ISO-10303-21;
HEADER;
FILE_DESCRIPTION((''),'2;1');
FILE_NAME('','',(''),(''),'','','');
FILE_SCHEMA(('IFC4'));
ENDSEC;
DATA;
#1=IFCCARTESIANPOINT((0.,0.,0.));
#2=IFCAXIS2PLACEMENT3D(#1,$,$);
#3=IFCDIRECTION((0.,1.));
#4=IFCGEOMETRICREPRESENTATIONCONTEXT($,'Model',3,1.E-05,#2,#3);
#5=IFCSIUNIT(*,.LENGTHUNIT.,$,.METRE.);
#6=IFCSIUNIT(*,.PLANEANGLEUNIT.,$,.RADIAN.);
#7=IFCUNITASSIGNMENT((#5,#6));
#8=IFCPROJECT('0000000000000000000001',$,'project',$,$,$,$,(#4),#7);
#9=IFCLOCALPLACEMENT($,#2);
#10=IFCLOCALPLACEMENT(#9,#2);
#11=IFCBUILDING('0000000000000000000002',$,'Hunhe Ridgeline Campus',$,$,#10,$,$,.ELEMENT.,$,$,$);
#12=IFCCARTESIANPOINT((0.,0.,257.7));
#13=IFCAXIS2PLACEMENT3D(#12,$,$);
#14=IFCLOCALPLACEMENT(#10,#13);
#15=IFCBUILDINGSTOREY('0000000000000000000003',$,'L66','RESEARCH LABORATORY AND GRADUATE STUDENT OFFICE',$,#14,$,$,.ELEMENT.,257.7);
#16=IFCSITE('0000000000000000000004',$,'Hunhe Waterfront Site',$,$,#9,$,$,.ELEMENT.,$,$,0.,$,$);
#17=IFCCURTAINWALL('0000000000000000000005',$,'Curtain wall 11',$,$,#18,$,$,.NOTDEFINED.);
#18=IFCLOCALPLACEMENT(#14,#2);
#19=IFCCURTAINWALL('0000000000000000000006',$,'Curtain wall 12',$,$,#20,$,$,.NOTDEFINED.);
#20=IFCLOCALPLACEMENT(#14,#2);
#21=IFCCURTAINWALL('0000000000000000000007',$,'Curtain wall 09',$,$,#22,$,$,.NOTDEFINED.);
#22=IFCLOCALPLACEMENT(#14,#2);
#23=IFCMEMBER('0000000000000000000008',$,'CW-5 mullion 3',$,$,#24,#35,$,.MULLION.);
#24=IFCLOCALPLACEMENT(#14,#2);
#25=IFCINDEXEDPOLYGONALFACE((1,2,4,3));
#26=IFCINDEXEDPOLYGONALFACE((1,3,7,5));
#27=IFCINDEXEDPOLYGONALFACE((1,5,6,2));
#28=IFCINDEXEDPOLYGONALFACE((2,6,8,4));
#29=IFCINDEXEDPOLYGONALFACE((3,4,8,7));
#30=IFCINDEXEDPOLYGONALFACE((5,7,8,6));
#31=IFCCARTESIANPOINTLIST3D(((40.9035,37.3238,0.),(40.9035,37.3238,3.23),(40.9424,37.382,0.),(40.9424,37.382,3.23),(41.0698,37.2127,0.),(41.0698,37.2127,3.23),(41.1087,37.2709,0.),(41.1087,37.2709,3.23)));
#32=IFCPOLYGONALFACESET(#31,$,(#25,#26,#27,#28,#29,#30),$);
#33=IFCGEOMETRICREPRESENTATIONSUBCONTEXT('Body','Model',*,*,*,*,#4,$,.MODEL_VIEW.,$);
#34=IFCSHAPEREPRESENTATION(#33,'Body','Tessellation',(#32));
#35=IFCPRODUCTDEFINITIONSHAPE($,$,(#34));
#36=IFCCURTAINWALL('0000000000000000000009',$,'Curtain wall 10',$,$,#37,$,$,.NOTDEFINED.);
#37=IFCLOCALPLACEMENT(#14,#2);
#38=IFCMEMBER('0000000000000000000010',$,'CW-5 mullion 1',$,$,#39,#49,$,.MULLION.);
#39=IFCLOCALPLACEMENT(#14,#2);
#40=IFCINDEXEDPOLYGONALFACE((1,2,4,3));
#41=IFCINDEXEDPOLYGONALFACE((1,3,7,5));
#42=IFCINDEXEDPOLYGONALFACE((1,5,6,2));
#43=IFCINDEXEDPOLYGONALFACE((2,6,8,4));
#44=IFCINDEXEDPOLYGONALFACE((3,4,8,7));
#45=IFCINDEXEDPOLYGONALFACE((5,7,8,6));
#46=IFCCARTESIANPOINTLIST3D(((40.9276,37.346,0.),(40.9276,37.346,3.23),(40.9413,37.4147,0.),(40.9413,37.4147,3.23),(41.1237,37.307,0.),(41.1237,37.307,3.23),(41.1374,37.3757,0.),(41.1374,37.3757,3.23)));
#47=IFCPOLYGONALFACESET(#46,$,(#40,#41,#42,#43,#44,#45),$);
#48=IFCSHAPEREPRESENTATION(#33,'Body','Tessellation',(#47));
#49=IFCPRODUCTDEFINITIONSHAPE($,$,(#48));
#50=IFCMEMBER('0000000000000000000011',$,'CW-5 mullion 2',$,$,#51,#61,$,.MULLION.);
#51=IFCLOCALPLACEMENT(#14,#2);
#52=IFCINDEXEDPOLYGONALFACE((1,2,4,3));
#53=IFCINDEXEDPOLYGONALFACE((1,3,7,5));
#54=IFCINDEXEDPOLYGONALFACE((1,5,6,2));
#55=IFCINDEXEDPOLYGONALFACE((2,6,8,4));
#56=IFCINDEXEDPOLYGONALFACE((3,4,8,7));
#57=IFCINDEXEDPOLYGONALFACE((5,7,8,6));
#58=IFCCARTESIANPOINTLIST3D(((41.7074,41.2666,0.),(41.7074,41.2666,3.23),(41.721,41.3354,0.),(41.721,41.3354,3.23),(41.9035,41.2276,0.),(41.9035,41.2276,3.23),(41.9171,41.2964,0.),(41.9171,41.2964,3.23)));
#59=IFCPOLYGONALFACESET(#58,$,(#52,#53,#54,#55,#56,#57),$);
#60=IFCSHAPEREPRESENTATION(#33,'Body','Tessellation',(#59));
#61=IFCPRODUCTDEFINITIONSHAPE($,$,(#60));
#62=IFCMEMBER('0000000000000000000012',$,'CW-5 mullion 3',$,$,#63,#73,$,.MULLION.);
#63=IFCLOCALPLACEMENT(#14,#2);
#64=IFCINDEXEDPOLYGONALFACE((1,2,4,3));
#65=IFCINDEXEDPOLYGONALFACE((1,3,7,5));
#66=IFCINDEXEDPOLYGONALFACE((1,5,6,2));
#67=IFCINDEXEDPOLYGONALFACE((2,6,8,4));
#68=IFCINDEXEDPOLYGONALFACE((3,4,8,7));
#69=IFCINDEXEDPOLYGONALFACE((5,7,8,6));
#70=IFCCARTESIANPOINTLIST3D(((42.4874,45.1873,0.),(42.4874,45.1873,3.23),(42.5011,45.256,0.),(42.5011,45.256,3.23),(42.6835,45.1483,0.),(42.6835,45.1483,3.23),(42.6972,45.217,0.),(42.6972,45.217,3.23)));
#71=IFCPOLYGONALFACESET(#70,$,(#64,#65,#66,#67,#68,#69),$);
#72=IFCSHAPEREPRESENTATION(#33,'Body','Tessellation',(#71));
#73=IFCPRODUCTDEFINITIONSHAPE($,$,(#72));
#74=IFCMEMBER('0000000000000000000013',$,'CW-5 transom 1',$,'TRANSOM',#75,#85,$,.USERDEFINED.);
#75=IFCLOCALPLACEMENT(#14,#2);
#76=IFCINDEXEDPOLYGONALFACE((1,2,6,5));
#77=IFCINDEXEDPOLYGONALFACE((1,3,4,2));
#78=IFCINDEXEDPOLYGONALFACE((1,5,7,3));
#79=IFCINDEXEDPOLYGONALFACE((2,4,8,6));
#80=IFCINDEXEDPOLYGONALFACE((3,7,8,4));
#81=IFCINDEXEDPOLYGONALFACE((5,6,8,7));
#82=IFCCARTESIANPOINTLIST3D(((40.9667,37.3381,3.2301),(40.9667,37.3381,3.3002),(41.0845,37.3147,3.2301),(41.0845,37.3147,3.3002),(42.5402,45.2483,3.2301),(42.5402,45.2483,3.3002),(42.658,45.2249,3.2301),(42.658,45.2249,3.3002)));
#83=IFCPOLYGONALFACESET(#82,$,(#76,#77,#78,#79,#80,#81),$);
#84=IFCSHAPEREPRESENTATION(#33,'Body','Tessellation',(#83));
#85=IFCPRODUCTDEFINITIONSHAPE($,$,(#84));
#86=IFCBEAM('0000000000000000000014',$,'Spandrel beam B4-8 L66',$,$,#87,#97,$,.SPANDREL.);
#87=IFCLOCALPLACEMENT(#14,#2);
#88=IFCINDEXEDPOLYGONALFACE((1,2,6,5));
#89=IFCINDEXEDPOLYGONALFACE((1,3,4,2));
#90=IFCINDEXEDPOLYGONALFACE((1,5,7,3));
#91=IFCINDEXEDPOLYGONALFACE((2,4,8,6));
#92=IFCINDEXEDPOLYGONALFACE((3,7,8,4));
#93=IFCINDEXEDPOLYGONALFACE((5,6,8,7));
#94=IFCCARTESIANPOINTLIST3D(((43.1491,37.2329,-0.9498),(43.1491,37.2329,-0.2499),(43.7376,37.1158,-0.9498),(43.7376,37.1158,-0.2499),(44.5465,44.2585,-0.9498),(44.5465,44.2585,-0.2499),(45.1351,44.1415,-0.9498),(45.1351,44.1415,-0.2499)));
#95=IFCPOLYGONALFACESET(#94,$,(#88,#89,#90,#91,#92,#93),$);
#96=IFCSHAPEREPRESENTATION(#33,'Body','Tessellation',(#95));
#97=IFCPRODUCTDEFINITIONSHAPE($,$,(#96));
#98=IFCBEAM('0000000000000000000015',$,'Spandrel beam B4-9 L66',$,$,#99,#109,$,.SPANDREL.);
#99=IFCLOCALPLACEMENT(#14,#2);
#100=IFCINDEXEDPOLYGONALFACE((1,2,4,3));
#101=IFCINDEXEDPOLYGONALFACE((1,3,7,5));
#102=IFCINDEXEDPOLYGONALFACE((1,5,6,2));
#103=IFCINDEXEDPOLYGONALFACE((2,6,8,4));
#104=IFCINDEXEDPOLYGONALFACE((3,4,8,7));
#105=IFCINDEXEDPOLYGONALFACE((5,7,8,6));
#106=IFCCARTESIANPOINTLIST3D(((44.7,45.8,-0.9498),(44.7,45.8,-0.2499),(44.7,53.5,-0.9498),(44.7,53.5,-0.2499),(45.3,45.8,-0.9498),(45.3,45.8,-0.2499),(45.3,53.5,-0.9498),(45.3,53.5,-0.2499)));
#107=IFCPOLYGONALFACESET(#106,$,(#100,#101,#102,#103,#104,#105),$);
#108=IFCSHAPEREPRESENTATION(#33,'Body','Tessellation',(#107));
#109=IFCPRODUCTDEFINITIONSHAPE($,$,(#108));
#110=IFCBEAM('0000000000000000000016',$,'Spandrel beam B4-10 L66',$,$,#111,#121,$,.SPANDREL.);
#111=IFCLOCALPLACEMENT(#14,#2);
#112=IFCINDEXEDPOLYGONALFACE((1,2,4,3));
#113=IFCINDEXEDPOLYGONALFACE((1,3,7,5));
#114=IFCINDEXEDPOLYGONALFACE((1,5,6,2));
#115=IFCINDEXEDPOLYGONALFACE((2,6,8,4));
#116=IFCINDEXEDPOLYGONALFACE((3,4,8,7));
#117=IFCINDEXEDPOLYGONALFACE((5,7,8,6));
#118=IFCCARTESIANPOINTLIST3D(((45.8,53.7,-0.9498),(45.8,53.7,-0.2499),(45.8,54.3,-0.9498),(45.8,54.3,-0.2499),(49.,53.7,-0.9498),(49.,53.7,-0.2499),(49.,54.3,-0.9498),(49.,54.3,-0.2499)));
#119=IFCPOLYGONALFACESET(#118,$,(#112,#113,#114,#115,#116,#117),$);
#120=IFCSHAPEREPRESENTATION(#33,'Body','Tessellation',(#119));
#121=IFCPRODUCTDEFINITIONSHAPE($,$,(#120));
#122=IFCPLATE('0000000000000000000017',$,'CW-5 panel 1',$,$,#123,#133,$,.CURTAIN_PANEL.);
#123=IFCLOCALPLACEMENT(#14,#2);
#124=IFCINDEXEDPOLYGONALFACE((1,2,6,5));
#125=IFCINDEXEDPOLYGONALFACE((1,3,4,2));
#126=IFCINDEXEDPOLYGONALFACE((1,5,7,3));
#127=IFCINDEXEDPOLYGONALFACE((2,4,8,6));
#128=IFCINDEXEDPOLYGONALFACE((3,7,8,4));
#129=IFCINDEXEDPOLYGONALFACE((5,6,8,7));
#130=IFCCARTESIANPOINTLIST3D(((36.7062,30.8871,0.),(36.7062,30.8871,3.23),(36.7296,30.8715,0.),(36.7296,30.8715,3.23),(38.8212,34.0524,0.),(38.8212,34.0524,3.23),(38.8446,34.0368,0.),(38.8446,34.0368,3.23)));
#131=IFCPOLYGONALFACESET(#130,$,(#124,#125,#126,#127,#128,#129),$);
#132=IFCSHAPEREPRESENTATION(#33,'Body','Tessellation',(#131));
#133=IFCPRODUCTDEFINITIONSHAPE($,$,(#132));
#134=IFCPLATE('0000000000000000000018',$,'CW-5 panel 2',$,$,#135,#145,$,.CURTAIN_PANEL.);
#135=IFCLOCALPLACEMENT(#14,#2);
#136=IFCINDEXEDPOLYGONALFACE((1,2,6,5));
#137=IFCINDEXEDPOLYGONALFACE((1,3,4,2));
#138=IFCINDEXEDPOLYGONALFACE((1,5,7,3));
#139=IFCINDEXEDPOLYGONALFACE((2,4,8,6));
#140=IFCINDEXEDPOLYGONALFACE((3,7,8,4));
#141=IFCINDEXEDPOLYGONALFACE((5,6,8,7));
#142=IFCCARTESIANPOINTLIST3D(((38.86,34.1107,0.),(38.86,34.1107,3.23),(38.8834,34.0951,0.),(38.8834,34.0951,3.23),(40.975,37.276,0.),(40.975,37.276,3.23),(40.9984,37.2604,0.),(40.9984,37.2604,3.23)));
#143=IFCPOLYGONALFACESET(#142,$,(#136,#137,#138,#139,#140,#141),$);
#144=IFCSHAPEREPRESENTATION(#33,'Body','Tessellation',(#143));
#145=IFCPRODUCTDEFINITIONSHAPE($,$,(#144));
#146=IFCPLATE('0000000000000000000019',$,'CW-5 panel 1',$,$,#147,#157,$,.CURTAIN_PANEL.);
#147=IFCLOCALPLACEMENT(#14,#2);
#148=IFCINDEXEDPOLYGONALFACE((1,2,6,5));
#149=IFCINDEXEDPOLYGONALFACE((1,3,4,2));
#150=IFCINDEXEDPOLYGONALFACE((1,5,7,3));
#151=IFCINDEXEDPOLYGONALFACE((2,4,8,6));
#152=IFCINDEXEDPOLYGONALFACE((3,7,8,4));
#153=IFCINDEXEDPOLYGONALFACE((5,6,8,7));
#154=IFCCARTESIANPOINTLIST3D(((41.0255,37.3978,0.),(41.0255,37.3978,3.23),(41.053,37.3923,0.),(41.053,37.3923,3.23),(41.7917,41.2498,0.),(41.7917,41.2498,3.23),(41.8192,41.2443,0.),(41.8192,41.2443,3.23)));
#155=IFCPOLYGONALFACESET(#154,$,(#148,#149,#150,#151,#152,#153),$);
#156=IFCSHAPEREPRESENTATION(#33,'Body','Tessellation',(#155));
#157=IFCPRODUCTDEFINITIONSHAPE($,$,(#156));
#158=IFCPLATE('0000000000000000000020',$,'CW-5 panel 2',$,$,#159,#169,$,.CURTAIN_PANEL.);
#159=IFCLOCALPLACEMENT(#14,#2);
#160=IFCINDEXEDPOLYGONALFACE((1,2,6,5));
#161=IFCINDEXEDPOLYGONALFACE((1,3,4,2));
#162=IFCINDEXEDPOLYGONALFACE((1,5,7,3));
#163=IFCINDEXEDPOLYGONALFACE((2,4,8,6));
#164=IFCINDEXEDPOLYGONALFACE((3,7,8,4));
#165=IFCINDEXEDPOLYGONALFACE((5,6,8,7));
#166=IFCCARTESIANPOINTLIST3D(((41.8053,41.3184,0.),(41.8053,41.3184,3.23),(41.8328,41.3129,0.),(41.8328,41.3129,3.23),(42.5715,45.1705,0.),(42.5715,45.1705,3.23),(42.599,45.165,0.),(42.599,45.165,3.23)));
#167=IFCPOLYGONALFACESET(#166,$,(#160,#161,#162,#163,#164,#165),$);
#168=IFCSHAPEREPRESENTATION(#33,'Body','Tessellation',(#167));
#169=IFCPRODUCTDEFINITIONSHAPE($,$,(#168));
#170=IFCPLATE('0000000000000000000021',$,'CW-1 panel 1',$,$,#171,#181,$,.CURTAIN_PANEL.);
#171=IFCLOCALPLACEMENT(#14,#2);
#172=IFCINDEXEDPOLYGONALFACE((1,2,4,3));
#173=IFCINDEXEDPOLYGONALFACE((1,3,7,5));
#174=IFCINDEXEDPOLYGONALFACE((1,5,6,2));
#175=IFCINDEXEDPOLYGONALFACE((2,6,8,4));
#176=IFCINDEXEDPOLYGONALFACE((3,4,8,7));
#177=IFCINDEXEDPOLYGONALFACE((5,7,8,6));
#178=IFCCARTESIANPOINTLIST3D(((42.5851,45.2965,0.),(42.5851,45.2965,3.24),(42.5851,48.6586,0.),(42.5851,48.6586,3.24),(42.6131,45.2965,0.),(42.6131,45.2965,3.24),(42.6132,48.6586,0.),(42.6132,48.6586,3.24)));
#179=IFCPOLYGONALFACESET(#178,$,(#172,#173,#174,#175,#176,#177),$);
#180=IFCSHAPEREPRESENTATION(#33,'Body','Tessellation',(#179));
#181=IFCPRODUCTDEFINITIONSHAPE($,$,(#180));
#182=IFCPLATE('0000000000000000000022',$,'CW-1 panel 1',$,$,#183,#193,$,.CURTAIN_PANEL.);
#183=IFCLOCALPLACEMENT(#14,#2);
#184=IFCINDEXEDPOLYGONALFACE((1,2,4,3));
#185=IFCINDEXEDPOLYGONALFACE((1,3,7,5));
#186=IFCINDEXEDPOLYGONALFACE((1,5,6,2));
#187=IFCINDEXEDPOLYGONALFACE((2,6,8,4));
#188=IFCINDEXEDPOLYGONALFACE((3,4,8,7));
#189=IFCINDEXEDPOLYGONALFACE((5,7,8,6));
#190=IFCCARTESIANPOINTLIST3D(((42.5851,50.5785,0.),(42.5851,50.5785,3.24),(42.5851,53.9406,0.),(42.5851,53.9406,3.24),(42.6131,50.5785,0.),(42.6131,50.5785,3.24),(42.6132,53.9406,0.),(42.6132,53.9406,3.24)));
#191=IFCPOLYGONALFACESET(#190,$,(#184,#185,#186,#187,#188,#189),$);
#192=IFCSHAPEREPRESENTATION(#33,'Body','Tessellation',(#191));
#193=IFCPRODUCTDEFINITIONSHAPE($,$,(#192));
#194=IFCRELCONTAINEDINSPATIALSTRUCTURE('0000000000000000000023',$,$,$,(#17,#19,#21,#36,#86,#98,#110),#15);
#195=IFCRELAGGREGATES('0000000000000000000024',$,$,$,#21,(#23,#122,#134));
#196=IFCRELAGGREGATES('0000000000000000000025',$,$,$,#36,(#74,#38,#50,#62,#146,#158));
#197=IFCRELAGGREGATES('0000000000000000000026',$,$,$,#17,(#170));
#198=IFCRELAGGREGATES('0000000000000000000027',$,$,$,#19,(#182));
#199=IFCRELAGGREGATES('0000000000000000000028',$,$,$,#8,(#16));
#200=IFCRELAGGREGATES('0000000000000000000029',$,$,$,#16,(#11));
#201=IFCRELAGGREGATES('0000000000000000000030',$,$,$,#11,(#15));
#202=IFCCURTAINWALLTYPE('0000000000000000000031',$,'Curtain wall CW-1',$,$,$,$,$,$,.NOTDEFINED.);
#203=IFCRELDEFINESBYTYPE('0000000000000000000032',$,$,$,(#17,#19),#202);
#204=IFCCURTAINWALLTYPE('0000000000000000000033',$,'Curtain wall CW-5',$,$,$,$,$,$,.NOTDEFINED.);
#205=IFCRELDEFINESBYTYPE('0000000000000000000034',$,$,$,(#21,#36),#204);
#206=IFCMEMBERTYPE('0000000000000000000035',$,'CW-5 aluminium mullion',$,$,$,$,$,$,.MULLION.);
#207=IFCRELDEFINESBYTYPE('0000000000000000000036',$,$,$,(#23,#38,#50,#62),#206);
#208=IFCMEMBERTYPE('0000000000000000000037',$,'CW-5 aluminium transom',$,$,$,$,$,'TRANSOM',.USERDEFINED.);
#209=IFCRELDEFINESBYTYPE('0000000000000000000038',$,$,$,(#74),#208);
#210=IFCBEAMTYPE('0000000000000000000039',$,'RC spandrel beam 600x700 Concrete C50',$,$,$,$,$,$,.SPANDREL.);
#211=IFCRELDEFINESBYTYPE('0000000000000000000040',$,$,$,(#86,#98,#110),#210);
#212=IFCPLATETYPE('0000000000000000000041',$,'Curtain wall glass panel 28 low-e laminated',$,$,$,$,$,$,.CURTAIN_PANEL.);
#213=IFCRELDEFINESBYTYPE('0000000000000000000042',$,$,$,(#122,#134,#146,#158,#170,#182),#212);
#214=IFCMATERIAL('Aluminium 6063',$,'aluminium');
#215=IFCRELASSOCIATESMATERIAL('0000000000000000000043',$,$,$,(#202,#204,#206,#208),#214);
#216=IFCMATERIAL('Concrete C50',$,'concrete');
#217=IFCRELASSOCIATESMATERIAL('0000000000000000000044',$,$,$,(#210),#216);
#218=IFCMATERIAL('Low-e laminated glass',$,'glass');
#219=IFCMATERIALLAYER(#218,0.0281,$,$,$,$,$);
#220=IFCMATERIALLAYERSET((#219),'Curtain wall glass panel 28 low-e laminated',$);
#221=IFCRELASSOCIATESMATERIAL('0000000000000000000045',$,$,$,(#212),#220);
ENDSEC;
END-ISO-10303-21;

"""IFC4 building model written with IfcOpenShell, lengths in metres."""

from ifc_helpers import new_model, si_unit, direction, frame, origin, origin_2d, place, context, subcontext, project, spatial, rectangle, extrude, material, layer, layer_set, material_profile, profile_set, type_object, element, aggregate, save


model = new_model("IFC4")

# Units and contexts
model_context = context("Model", 3, precision=1e-05, world=origin(), true_north=direction((0.0, 1.0)))
body_context = subcontext(model_context, "Body", "Model", "MODEL_VIEW")
ifc_project = project(units=[si_unit("LENGTHUNIT", "METRE"), si_unit("PLANEANGLEUNIT", "RADIAN")], contexts=[model_context])

# Site, building, storey
site_placement = place(None, origin())
site = spatial("IfcSite", under=ifc_project, at=site_placement, Name="Hunhe Waterfront Site", CompositionType="ELEMENT", RefElevation=0.0)
building_placement = place(site_placement, origin())
building = spatial("IfcBuilding", under=site, at=building_placement, Name="Hunhe Ridgeline Campus", CompositionType="ELEMENT")
storey_placement = place(building_placement, frame((0.0, 0.0, 257.7)))
storey = spatial("IfcBuildingStorey", under=building, at=storey_placement, Name="L66", Description="RESEARCH LABORATORY AND GRADUATE STUDENT OFFICE", CompositionType="ELEMENT", Elevation=257.7)

# Curtain walls
ifc_material_1 = material(Name="Aluminium 6063", Category="aluminium")
curtain_wall_type_1 = type_object("IfcCurtainWallType", Name="Curtain wall CW-1", PredefinedType="NOTDEFINED", material=ifc_material_1)
curtain_wall_1_placement = place(storey_placement, origin())
curtain_wall_1 = element("IfcCurtainWall", 1, at=curtain_wall_1_placement, inside=storey, type_object=curtain_wall_type_1, Name="Curtain wall 11", PredefinedType="NOTDEFINED")
curtain_wall_2_placement = place(storey_placement, origin())
curtain_wall_2 = element("IfcCurtainWall", 2, at=curtain_wall_2_placement, inside=storey, type_object=curtain_wall_type_1, Name="Curtain wall 12", PredefinedType="NOTDEFINED")

# Curtain walls, members
curtain_wall_type_2 = type_object("IfcCurtainWallType", Name="Curtain wall CW-5", PredefinedType="NOTDEFINED", material=ifc_material_1)
curtain_wall_3_placement = place(storey_placement, origin())
curtain_wall_3 = element("IfcCurtainWall", 3, at=curtain_wall_3_placement, inside=storey, type_object=curtain_wall_type_2, Name="Curtain wall 09", PredefinedType="NOTDEFINED")
ifc_material_profile_1 = material_profile(ifc_material_1, rectangle(XDim=0.2, YDim=0.0701, at=origin_2d()))
ifc_profile_set_1 = profile_set([ifc_material_profile_1], Name="Aluminium 6063")
member_type_1 = type_object("IfcMemberType", Name="CW-5 aluminium mullion", PredefinedType="MULLION", material=ifc_profile_set_1)
member_1_placement = place(storey_placement, frame((41.0061, 37.2974, 0.0), z_axis=(0.0, 0.0, 1.0), x_axis=(-0.83147, 0.55557, 0.0)))
member_1 = element("IfcMember", 4, at=member_1_placement, type_object=member_type_1, Name="CW-5 mullion 3", PredefinedType="MULLION", context=body_context, shape_type="SweptSolid", body=[
    extrude(rectangle(XDim=0.2, YDim=0.0701, at=origin_2d()), origin(), (0.0, 0.0, 1.0), 3.23),
])
curtain_wall_4_placement = place(storey_placement, origin())
curtain_wall_4 = element("IfcCurtainWall", 5, at=curtain_wall_4_placement, inside=storey, type_object=curtain_wall_type_2, Name="Curtain wall 10", PredefinedType="NOTDEFINED")
member_2_placement = place(storey_placement, frame((41.0325, 37.3608, 0.0), z_axis=(0.0, 0.0, 1.0), x_axis=(-0.980785, 0.19509, 0.0)))
member_2 = element("IfcMember", 6, at=member_2_placement, type_object=member_type_1, Name="CW-5 mullion 1", PredefinedType="MULLION", context=body_context, shape_type="SweptSolid", body=[
    extrude(rectangle(XDim=0.2, YDim=0.0701, at=origin_2d()), origin(), (0.0, 0.0, 1.0), 3.23),
])
member_3_placement = place(storey_placement, frame((41.8123, 41.2815, 0.0), z_axis=(0.0, 0.0, 1.0), x_axis=(-0.980785, 0.19509, 0.0)))
member_3 = element("IfcMember", 7, at=member_3_placement, type_object=member_type_1, Name="CW-5 mullion 2", PredefinedType="MULLION", context=body_context, shape_type="SweptSolid", body=[
    extrude(rectangle(XDim=0.2, YDim=0.0701, at=origin_2d()), origin(), (0.0, 0.0, 1.0), 3.23),
])
member_4_placement = place(storey_placement, frame((42.5923, 45.2021, 0.0), z_axis=(0.0, 0.0, 1.0), x_axis=(-0.980785, 0.19509, 0.0)))
member_4 = element("IfcMember", 8, at=member_4_placement, type_object=member_type_1, Name="CW-5 mullion 3", PredefinedType="MULLION", context=body_context, shape_type="SweptSolid", body=[
    extrude(rectangle(XDim=0.2, YDim=0.0701, at=origin_2d()), origin(), (0.0, 0.0, 1.0), 3.23),
])
ifc_material_profile_2 = material_profile(ifc_material_1, rectangle(XDim=0.1201, YDim=0.0701, at=origin_2d()))
ifc_profile_set_2 = profile_set([ifc_material_profile_2], Name="Aluminium 6063")
member_type_2 = type_object("IfcMemberType", Name="CW-5 aluminium transom", ElementType="TRANSOM", PredefinedType="USERDEFINED", material=ifc_profile_set_2)
member_5_placement = place(storey_placement, frame((41.0256, 37.3264, 3.2651), z_axis=(0.195097, 0.980784, 0.0), x_axis=(-0.980784, 0.195097, 0.0)))
member_5 = element("IfcMember", 9, at=member_5_placement, type_object=member_type_2, Name="CW-5 transom 1", ObjectType="TRANSOM", PredefinedType="USERDEFINED", context=body_context, shape_type="SweptSolid", body=[
    extrude(rectangle(XDim=0.1201, YDim=0.0701, at=origin_2d()), origin(), (0.0, 0.0, 1.0), 8.0652),
])

# Beams
ifc_material_2 = material(Name="Concrete C50", Category="concrete")
ifc_material_profile_3 = material_profile(ifc_material_2, rectangle(XDim=0.6001, YDim=0.7, at=origin_2d()))
ifc_profile_set_3 = profile_set([ifc_material_profile_3], Name="Concrete C50")
beam_type = type_object("IfcBeamType", Name="RC spandrel beam 600x700 Concrete C50", PredefinedType="SPANDREL", material=ifc_profile_set_3)
beam_1_placement = place(storey_placement, frame((43.4434, 37.1743, -0.5999), z_axis=(0.195087, 0.980786, 0.0), x_axis=(-0.980786, 0.195087, 0.0)))
element("IfcBeam", 10, at=beam_1_placement, inside=storey, type_object=beam_type, Name="Spandrel beam B4-8 L66", PredefinedType="SPANDREL", context=body_context, shape_type="SweptSolid", body=[
    extrude(rectangle(XDim=0.6001, YDim=0.7, at=origin_2d()), origin(), (0.0, 0.0, 1.0), 7.1633),
])
beam_2_placement = place(storey_placement, frame((45.0, 45.8, -0.5999), z_axis=(0.0, 1.0, 0.0), x_axis=(-1.0, 0.0, 0.0)))
element("IfcBeam", 11, at=beam_2_placement, inside=storey, type_object=beam_type, Name="Spandrel beam B4-9 L66", PredefinedType="SPANDREL", context=body_context, shape_type="SweptSolid", body=[
    extrude(rectangle(XDim=0.6001, YDim=0.7, at=origin_2d()), origin(), (0.0, 0.0, 1.0), 7.7),
])
beam_3_placement = place(storey_placement, frame((45.8, 54.0, -0.5999), z_axis=(1.0, 0.0, 0.0), x_axis=(0.0, 1.0, 0.0)))
element("IfcBeam", 12, at=beam_3_placement, inside=storey, type_object=beam_type, Name="Spandrel beam B4-10 L66", PredefinedType="SPANDREL", context=body_context, shape_type="SweptSolid", body=[
    extrude(rectangle(XDim=0.6001, YDim=0.7, at=origin_2d()), origin(), (0.0, 0.0, 1.0), 3.2),
])

# Plates
ifc_material_3 = material(Name="Low-e laminated glass", Category="glass")
ifc_layer_1 = layer(ifc_material_3, 0.0281)
ifc_layer_set_1 = layer_set([ifc_layer_1], Name="Curtain wall glass panel 28 low-e laminated")
plate_type = type_object("IfcPlateType", Name="Curtain wall glass panel 28 low-e laminated", PredefinedType="CURTAIN_PANEL", material=ifc_layer_set_1)
plate_1_placement = place(storey_placement, frame((37.7754, 32.4619, 0.0), z_axis=(0.0, 0.0, 1.0), x_axis=(0.55557, 0.83147, 0.0)))
plate_1 = element("IfcPlate", 13, at=plate_1_placement, type_object=plate_type, Name="CW-5 panel 1", PredefinedType="CURTAIN_PANEL", context=body_context, shape_type="SweptSolid", body=[
    extrude(rectangle(XDim=3.8069, YDim=0.0281, at=origin_2d()), origin(), (0.0, 0.0, 1.0), 3.23),
])
plate_2_placement = place(storey_placement, frame((39.9292, 35.6855, 0.0), z_axis=(0.0, 0.0, 1.0), x_axis=(0.55557, 0.83147, 0.0)))
plate_2 = element("IfcPlate", 14, at=plate_2_placement, type_object=plate_type, Name="CW-5 panel 2", PredefinedType="CURTAIN_PANEL", context=body_context, shape_type="SweptSolid", body=[
    extrude(rectangle(XDim=3.8069, YDim=0.0281, at=origin_2d()), origin(), (0.0, 0.0, 1.0), 3.23),
])
aggregate(curtain_wall_3, [member_1, plate_1, plate_2])
plate_3_placement = place(storey_placement, frame((41.4224, 39.321, 0.0), z_axis=(0.0, 0.0, 1.0), x_axis=(0.19509, 0.980785, 0.0)))
plate_3 = element("IfcPlate", 15, at=plate_3_placement, type_object=plate_type, Name="CW-5 panel 1", PredefinedType="CURTAIN_PANEL", context=body_context, shape_type="SweptSolid", body=[
    extrude(rectangle(XDim=3.9275, YDim=0.0281, at=origin_2d()), origin(), (0.0, 0.0, 1.0), 3.23),
])
plate_4_placement = place(storey_placement, frame((42.2021, 43.2417, 0.0), z_axis=(0.0, 0.0, 1.0), x_axis=(0.19509, 0.980785, 0.0)))
plate_4 = element("IfcPlate", 16, at=plate_4_placement, type_object=plate_type, Name="CW-5 panel 2", PredefinedType="CURTAIN_PANEL", context=body_context, shape_type="SweptSolid", body=[
    extrude(rectangle(XDim=3.9275, YDim=0.0281, at=origin_2d()), origin(), (0.0, 0.0, 1.0), 3.23),
])
aggregate(curtain_wall_4, [member_5, member_2, member_3, member_4, plate_3, plate_4])
plate_5_placement = place(storey_placement, frame((42.5991, 46.9775, 0.0), z_axis=(0.0, 0.0, 1.0), x_axis=(0.000019, 1.0, 0.0)))
plate_5 = element("IfcPlate", 17, at=plate_5_placement, type_object=plate_type, Name="CW-1 panel 1", PredefinedType="CURTAIN_PANEL", context=body_context, shape_type="SweptSolid", body=[
    extrude(rectangle(XDim=3.3621, YDim=0.0281, at=origin_2d()), origin(), (0.0, 0.0, 1.0), 3.24),
])
aggregate(curtain_wall_1, [plate_5])
plate_6_placement = place(storey_placement, frame((42.5991, 52.2595, 0.0), z_axis=(0.0, 0.0, 1.0), x_axis=(0.000019, 1.0, 0.0)))
plate_6 = element("IfcPlate", 18, at=plate_6_placement, type_object=plate_type, Name="CW-1 panel 1", PredefinedType="CURTAIN_PANEL", context=body_context, shape_type="SweptSolid", body=[
    extrude(rectangle(XDim=3.3621, YDim=0.0281, at=origin_2d()), origin(), (0.0, 0.0, 1.0), 3.24),
])
aggregate(curtain_wall_2, [plate_6])

save(model, "model.ifc")
